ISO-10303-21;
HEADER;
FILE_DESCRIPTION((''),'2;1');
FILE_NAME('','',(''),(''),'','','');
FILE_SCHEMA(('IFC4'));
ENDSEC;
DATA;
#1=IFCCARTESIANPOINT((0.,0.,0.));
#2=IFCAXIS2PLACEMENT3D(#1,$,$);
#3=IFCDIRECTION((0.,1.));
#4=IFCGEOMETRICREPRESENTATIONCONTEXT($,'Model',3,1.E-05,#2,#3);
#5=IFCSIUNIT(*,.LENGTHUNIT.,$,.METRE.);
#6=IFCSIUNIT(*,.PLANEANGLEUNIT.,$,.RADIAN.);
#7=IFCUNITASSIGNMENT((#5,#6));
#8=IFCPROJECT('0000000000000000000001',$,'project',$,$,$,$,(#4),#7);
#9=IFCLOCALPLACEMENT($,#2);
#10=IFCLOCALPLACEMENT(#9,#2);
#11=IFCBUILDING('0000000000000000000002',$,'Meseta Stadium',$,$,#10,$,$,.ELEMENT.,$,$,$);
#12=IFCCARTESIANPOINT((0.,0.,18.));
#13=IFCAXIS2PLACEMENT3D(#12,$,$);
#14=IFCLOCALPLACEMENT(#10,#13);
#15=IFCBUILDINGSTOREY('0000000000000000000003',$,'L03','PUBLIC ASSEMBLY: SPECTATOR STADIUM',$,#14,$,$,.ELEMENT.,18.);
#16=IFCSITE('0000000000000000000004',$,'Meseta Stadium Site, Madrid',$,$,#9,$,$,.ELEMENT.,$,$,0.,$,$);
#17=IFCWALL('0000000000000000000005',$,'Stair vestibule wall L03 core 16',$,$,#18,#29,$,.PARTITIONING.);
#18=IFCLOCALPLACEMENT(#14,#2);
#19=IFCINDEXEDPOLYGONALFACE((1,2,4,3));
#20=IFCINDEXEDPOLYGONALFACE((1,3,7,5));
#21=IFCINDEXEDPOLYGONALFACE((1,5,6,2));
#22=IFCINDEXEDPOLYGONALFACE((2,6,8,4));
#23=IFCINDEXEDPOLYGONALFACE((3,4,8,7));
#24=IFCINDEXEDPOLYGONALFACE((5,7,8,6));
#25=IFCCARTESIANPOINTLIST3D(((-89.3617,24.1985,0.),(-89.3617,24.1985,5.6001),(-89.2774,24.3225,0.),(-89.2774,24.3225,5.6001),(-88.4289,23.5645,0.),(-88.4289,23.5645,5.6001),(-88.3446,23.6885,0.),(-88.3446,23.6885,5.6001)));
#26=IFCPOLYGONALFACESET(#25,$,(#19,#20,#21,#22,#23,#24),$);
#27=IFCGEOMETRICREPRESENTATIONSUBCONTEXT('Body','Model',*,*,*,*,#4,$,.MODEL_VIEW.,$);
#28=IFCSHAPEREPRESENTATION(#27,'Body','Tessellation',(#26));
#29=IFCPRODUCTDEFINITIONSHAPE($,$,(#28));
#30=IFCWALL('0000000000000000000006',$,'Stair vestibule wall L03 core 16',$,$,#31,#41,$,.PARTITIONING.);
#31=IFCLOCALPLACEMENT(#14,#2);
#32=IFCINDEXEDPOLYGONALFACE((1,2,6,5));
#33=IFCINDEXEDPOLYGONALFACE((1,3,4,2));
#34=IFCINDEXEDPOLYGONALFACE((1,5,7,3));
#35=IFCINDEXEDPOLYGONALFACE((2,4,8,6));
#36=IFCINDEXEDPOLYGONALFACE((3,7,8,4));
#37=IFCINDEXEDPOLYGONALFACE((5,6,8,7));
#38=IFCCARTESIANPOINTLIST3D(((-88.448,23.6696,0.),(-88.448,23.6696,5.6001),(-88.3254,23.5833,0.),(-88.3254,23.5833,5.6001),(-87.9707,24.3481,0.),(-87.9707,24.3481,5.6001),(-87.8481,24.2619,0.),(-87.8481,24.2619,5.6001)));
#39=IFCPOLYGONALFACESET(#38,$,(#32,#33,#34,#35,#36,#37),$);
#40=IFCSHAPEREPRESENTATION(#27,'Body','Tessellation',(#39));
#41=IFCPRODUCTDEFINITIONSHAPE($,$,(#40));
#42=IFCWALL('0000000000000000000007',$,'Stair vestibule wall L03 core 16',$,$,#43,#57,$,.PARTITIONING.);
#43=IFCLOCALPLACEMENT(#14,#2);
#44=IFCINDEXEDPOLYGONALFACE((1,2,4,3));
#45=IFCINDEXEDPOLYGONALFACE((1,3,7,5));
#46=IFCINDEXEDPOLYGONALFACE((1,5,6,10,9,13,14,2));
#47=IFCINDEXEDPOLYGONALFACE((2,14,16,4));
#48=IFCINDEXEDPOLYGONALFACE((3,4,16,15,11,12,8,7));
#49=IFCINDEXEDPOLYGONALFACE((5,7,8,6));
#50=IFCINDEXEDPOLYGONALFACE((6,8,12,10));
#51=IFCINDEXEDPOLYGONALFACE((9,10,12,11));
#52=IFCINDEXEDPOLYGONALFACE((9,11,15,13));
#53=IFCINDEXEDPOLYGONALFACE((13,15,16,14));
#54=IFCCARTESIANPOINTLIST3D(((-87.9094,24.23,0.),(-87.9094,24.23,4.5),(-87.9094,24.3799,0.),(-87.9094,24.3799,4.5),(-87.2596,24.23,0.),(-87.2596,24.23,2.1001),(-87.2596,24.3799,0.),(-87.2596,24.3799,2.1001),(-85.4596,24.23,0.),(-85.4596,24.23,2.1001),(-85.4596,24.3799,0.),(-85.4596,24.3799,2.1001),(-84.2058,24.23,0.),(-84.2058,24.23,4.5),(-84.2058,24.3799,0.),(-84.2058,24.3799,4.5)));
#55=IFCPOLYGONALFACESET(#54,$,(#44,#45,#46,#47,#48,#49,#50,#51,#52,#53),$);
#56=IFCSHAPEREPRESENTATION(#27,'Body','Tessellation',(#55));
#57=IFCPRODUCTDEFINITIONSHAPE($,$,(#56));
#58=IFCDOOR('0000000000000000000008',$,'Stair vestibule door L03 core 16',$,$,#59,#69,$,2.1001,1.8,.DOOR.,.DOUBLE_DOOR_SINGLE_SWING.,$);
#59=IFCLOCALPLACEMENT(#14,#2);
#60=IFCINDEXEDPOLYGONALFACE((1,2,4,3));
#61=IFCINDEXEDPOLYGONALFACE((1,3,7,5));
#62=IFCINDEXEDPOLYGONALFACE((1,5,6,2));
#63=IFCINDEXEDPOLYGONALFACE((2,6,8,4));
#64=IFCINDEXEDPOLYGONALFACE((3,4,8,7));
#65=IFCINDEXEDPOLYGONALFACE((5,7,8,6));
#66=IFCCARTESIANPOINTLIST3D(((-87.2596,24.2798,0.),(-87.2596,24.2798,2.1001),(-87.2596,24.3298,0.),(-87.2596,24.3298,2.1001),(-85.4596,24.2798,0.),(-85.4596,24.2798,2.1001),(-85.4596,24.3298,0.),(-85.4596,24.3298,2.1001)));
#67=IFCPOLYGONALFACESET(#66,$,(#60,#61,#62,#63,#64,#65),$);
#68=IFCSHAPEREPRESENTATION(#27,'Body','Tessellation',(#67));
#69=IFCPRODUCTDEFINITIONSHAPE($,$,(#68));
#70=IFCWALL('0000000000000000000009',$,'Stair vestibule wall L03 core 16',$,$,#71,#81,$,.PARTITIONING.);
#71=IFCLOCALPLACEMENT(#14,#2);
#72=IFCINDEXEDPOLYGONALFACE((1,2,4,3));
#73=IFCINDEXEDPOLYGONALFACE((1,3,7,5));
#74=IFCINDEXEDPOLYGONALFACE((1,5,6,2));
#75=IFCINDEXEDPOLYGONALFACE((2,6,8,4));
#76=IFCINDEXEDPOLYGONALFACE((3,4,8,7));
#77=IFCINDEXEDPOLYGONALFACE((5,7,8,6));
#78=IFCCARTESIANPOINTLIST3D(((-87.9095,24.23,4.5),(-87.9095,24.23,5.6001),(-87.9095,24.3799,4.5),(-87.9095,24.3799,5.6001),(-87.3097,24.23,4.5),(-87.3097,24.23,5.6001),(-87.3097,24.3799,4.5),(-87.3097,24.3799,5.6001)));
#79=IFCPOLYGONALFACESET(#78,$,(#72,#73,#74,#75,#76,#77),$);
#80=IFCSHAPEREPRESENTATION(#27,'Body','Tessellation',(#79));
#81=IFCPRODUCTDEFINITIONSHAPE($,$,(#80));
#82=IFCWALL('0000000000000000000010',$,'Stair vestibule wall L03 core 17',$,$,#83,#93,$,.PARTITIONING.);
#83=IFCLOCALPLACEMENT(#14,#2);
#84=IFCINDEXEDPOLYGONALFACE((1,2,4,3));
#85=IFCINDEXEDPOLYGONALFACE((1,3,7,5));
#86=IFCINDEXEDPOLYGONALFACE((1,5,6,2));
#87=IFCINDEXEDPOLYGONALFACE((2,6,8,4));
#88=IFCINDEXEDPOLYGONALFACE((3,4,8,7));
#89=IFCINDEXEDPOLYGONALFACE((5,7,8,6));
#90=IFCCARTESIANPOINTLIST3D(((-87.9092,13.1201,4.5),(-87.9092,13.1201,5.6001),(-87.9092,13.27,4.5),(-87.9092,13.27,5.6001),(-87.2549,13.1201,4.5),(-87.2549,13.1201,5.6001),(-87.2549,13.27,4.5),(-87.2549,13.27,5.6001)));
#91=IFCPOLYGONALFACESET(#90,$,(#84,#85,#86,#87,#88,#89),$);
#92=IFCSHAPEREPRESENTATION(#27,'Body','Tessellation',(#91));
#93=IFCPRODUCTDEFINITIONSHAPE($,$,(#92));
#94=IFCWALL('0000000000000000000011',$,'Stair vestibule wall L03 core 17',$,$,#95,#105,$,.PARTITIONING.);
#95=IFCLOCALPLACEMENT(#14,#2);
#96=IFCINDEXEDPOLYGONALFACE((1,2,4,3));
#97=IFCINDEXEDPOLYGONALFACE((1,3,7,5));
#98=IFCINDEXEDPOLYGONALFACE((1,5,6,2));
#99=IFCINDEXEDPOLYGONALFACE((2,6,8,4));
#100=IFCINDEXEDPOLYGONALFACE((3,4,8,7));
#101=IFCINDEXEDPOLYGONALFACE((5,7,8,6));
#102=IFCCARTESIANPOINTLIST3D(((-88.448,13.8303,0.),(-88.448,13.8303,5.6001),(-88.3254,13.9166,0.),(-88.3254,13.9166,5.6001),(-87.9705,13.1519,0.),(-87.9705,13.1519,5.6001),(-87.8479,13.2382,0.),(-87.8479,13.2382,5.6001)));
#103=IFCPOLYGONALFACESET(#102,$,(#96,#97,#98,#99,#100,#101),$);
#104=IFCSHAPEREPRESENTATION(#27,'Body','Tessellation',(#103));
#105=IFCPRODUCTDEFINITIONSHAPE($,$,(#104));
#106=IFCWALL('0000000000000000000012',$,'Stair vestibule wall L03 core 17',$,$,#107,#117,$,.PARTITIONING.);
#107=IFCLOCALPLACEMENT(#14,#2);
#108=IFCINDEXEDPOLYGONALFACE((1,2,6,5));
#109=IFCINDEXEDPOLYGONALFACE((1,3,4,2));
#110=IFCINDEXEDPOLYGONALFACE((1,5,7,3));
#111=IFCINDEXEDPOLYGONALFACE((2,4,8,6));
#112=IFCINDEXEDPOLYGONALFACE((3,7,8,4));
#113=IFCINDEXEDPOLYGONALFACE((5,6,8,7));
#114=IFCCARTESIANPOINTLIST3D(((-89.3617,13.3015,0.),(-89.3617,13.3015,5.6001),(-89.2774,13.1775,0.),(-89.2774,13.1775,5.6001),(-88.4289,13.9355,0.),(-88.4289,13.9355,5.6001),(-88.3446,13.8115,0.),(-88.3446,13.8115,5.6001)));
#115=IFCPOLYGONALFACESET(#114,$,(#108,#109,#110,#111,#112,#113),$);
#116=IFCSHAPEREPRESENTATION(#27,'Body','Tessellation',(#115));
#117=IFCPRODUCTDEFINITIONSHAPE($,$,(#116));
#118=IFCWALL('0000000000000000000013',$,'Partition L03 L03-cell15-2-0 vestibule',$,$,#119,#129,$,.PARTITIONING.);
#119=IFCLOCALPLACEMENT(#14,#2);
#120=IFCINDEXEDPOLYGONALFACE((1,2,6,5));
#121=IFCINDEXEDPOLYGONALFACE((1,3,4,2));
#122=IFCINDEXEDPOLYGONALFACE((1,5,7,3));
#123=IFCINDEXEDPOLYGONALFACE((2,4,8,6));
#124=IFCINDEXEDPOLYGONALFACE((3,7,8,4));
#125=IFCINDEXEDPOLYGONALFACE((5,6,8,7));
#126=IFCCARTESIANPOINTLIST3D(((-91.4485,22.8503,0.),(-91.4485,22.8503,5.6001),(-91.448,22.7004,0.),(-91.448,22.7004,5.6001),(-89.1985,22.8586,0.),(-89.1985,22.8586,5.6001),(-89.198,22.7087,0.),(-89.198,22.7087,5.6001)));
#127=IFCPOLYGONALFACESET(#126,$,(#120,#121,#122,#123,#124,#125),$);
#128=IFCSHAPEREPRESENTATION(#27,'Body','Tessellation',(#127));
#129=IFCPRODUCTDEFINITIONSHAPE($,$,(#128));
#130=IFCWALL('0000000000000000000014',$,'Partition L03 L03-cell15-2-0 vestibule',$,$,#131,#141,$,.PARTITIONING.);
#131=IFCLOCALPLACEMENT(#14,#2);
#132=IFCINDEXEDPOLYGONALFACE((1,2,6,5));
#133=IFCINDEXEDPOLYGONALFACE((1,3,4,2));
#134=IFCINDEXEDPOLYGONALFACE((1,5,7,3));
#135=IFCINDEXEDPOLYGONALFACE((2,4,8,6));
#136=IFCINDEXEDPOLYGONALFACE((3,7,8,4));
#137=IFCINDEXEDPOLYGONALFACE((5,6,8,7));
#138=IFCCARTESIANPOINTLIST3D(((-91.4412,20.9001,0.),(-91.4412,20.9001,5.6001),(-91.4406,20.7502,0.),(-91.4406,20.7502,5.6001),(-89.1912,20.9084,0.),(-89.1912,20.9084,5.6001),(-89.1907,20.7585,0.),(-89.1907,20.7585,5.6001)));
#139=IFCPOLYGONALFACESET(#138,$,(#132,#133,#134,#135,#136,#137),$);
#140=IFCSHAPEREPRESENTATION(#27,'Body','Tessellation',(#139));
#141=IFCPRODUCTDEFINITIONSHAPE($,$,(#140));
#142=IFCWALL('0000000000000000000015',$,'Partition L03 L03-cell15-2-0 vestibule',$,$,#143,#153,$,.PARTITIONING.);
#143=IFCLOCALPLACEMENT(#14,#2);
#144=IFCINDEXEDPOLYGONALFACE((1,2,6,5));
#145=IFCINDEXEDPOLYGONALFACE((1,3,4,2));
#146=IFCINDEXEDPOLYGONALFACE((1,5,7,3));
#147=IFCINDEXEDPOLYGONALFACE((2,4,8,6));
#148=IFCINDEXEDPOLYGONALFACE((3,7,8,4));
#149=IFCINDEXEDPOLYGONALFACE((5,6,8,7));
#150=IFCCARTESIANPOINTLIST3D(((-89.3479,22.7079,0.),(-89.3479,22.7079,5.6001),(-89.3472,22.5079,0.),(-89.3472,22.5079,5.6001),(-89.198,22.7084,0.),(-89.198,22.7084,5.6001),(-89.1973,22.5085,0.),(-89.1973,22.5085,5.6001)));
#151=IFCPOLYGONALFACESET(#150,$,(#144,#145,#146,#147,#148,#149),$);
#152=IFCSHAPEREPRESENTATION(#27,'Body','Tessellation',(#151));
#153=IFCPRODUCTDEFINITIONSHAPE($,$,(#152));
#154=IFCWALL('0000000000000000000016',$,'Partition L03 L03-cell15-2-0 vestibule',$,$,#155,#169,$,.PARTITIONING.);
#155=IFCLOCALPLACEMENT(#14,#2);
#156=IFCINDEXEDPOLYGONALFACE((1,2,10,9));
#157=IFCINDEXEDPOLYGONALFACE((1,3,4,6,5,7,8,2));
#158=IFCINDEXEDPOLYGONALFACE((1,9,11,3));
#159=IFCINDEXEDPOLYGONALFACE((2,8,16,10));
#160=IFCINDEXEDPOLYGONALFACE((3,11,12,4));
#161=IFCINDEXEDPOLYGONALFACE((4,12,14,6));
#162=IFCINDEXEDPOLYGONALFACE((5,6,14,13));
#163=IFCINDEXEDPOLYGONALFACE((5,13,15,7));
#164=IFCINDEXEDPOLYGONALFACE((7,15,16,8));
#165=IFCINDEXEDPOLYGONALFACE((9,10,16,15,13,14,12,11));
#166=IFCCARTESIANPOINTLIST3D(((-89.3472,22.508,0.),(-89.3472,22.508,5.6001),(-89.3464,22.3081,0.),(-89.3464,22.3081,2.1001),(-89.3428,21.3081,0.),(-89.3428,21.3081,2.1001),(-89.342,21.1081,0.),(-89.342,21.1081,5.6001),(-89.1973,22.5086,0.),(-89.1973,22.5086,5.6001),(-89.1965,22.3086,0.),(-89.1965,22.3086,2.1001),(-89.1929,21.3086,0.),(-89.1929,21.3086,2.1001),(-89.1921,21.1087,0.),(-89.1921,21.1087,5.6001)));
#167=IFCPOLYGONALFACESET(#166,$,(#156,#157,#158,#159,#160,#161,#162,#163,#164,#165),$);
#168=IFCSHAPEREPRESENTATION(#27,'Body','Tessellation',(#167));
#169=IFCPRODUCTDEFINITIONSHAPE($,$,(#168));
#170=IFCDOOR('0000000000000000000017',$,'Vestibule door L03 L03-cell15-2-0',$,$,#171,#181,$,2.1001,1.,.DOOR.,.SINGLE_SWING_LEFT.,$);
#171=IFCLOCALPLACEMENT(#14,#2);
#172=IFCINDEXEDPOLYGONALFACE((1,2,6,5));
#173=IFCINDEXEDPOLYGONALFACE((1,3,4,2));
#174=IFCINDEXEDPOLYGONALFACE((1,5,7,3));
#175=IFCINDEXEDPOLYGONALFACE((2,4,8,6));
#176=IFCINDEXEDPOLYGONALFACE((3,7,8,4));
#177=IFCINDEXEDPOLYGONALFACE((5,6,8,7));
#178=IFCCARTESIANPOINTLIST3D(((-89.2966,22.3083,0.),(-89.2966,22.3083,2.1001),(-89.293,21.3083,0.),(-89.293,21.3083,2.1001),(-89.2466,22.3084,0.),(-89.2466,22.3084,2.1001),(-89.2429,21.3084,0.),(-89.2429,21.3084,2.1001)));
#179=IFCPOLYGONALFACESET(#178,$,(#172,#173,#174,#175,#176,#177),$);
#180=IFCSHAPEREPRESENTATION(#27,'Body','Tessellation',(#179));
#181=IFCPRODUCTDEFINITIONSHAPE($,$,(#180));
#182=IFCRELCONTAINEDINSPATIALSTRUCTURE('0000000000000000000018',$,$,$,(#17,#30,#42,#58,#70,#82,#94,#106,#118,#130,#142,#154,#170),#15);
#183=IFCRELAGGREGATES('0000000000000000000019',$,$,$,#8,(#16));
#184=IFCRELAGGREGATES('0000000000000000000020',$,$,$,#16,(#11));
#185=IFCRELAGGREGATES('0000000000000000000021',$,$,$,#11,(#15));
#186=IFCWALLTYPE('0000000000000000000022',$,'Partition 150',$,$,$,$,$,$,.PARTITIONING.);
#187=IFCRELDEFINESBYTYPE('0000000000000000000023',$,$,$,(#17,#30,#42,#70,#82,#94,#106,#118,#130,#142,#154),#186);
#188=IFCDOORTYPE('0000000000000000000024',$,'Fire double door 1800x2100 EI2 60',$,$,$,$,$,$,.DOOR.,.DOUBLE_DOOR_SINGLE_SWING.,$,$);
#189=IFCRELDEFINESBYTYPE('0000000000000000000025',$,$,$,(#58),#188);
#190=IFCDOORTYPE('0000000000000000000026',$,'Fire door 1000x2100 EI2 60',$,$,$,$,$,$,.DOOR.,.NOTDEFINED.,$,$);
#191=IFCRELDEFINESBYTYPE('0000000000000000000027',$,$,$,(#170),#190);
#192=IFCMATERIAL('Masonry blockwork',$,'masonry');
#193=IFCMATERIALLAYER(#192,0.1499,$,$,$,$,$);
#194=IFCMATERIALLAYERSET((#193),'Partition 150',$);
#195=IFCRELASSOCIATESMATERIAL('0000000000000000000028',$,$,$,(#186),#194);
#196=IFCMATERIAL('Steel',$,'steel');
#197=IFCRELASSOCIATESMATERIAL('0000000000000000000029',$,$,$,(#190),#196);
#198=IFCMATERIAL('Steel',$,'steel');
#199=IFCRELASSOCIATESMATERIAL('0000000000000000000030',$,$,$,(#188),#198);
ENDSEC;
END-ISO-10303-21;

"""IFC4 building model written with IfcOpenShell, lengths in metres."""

from ifc_helpers import new_model, si_unit, direction, frame, frame_2d, origin, place, context, subcontext, project, spatial, rectangle, extrude, material, layer, layer_set, type_object, element, fill, save


model = new_model("IFC4")

# Units and contexts
model_context = context("Model", 3, precision=1e-05, world=origin(), true_north=direction((0.0, 1.0)))
body_context = subcontext(model_context, "Body", "Model", "MODEL_VIEW")
ifc_project = project(units=[si_unit("LENGTHUNIT", "METRE"), si_unit("PLANEANGLEUNIT", "RADIAN")], contexts=[model_context])

# Site, building, storey
site_placement = place(None, origin())
site = spatial("IfcSite", under=ifc_project, at=site_placement, Name="Meseta Stadium Site, Madrid", CompositionType="ELEMENT", RefElevation=0.0)
building_placement = place(site_placement, origin())
building = spatial("IfcBuilding", under=site, at=building_placement, Name="Meseta Stadium", CompositionType="ELEMENT")
storey_placement = place(building_placement, frame((0.0, 0.0, 18.0)))
storey = spatial("IfcBuildingStorey", under=building, at=storey_placement, Name="L03", Description="PUBLIC ASSEMBLY: SPECTATOR STADIUM", CompositionType="ELEMENT", Elevation=18.0)

# Shared definitions
ifc_material_1 = material(Name="Masonry blockwork", Category="masonry")
ifc_layer_1 = layer(ifc_material_1, 0.1499)
ifc_layer_set_1 = layer_set([ifc_layer_1], Name="Partition 150")
wall_type_1 = type_object("IfcWallType", Name="Partition 150", PredefinedType="PARTITIONING", material=ifc_layer_set_1)
ifc_material_2 = material(Name="Steel", Category="steel")
door_type_1 = type_object("IfcDoorType", Name="Fire door 1000x2100 EI2 60", OperationType="NOTDEFINED", PredefinedType="DOOR", material=ifc_material_2)

# Walls
wall_1_placement = place(storey_placement, frame((-89.3196, 24.2605, 0.0), z_axis=(0.0, 0.0, 1.0), x_axis=(0.827055, -0.562121, 0.0)))
element("IfcWall", 1, at=wall_1_placement, inside=storey, type_object=wall_type_1, Name="Stair vestibule wall L03 core 16", PredefinedType="PARTITIONING", context=body_context, shape_type="SweptSolid", body=[
    extrude(rectangle(XDim=1.1279, YDim=0.1499, at=frame_2d((0.564, 0.0))), origin(), (0.0, 0.0, 1.0), 5.6001),
])
wall_2_placement = place(storey_placement, frame((-88.3867, 23.6265, 0.0), z_axis=(0.0, 0.0, 1.0), x_axis=(0.575377, 0.817888, 0.0)))
element("IfcWall", 2, at=wall_2_placement, inside=storey, type_object=wall_type_1, Name="Stair vestibule wall L03 core 16", PredefinedType="PARTITIONING", context=body_context, shape_type="SweptSolid", body=[
    extrude(rectangle(XDim=0.8296, YDim=0.1499, at=frame_2d((0.4148, 0.0))), origin(), (0.0, 0.0, 1.0), 5.6001),
])

# Wall, opening, door
wall_3_placement = place(storey_placement, frame((-87.9094, 24.3049, 0.0), z_axis=(0.0, 0.0, 1.0), x_axis=(1.0, 0.0, 0.0)))
wall_3 = element("IfcWall", 3, at=wall_3_placement, inside=storey, type_object=wall_type_1, Name="Stair vestibule wall L03 core 16", PredefinedType="PARTITIONING", context=body_context, shape_type="SweptSolid", body=[
    extrude(rectangle(XDim=3.7036, YDim=0.1499, at=frame_2d((1.8518, 0.0))), origin(), (0.0, 0.0, 1.0), 4.5),
])
opening_1_placement = place(wall_3_placement, frame((0.6499, 0.0, 0.0)))
opening_1 = element("IfcOpeningElement", 4, at=opening_1_placement, cuts=wall_3, PredefinedType="OPENING", context=body_context, shape_type="SweptSolid", body=[
    extrude(rectangle(XDim=1.8, YDim=2.1001, at=frame_2d((0.8999, 1.05))), frame((0.0, 0.085, 0.0), z_axis=(0.0, -1.0, 0.0), x_axis=(1.0, 0.0, 0.0)), (0.0, 0.0, 1.0), 0.1699),
])
ifc_material_3 = material(Name="Steel", Category="steel")
door_type_2 = type_object("IfcDoorType", Name="Fire double door 1800x2100 EI2 60", OperationType="DOUBLE_DOOR_SINGLE_SWING", PredefinedType="DOOR", material=ifc_material_3)
door_1_placement = place(opening_1_placement, origin())
door_1 = element("IfcDoor", 5, at=door_1_placement, inside=storey, type_object=door_type_2, Name="Stair vestibule door L03 core 16", OperationType="DOUBLE_DOOR_SINGLE_SWING", OverallHeight=2.1001, OverallWidth=1.8, PredefinedType="DOOR", context=body_context, shape_type="SweptSolid", body=[
    extrude(rectangle(XDim=1.8, YDim=2.1001, at=frame_2d((0.8999, 1.05))), frame((0.0, 0.0249, 0.0), z_axis=(0.0, -1.0, 0.0), x_axis=(1.0, 0.0, 0.0)), (0.0, 0.0, 1.0), 0.05),
])
fill(opening_1, door_1)

# Walls
wall_4_placement = place(storey_placement, frame((-87.9094, 24.3049, 4.5), z_axis=(0.0, 0.0, 1.0), x_axis=(1.0, 0.0, 0.0)))
element("IfcWall", 6, at=wall_4_placement, inside=storey, type_object=wall_type_1, Name="Stair vestibule wall L03 core 16", PredefinedType="PARTITIONING", context=body_context, shape_type="SweptSolid", body=[
    extrude(rectangle(XDim=0.5999, YDim=0.1499, at=frame_2d((0.2998, 0.0))), origin(), (0.0, 0.0, 1.0), 1.1001),
])
wall_5_placement = place(storey_placement, frame((-87.2549, 13.1951, 4.5), z_axis=(0.0, 0.0, 1.0), x_axis=(-1.0, 0.0, 0.0)))
element("IfcWall", 7, at=wall_5_placement, inside=storey, type_object=wall_type_1, Name="Stair vestibule wall L03 core 17", PredefinedType="PARTITIONING", context=body_context, shape_type="SweptSolid", body=[
    extrude(rectangle(XDim=0.6543, YDim=0.1499, at=frame_2d((0.3271, 0.0))), origin(), (0.0, 0.0, 1.0), 1.1001),
])
wall_6_placement = place(storey_placement, frame((-87.9092, 13.1951, 0.0), z_axis=(0.0, 0.0, 1.0), x_axis=(-0.575574, 0.81775, 0.0)))
element("IfcWall", 8, at=wall_6_placement, inside=storey, type_object=wall_type_1, Name="Stair vestibule wall L03 core 17", PredefinedType="PARTITIONING", context=body_context, shape_type="SweptSolid", body=[
    extrude(rectangle(XDim=0.8296, YDim=0.1499, at=frame_2d((0.4148, 0.0))), origin(), (0.0, 0.0, 1.0), 5.6001),
])
wall_7_placement = place(storey_placement, frame((-88.3867, 13.8735, 0.0), z_axis=(0.0, 0.0, 1.0), x_axis=(-0.827055, -0.562121, 0.0)))
element("IfcWall", 9, at=wall_7_placement, inside=storey, type_object=wall_type_1, Name="Stair vestibule wall L03 core 17", PredefinedType="PARTITIONING", context=body_context, shape_type="SweptSolid", body=[
    extrude(rectangle(XDim=1.1279, YDim=0.1499, at=frame_2d((0.564, 0.0))), origin(), (0.0, 0.0, 1.0), 5.6001),
])
for number, where, z_axis, x_axis, name in (
    (10, (-91.4482, 22.7754, 0.0), (0.0, 0.0, 1.0), (0.999993, 0.003689, 0.0), "Partition L03 L03-cell15-2-0 vestibule"),
    (11, (-91.4409, 20.8252, 0.0), (0.0, 0.0, 1.0), (0.999993, 0.003689, 0.0), "Partition L03 L03-cell15-2-0 vestibule"),
):
    element("IfcWall", number, at=place(storey_placement, frame(where, z_axis=z_axis, x_axis=x_axis)), inside=storey, type_object=wall_type_1, Name=name, PredefinedType="PARTITIONING", context=body_context, shape_type="SweptSolid", body=[
        extrude(rectangle(XDim=2.25, YDim=0.1499, at=frame_2d((1.125, 0.0))), origin(), (0.0, 0.0, 1.0), 5.6001),
    ])
wall_8_placement = place(storey_placement, frame((-89.2729, 22.7083, 0.0), z_axis=(0.0, 0.0, 1.0), x_axis=(0.003663, -0.999993, 0.0)))
element("IfcWall", 12, at=wall_8_placement, inside=storey, type_object=wall_type_1, Name="Partition L03 L03-cell15-2-0 vestibule", PredefinedType="PARTITIONING", context=body_context, shape_type="SweptSolid", body=[
    extrude(rectangle(XDim=0.2, YDim=0.1499, at=frame_2d((0.1001, 0.0))), origin(), (0.0, 0.0, 1.0), 5.6001),
])

# Wall, opening, door
wall_9_placement = place(storey_placement, frame((-89.2722, 22.5083, 0.0), z_axis=(0.0, 0.0, 1.0), x_axis=(0.003662, -0.999993, 0.0)))
wall_9 = element("IfcWall", 13, at=wall_9_placement, inside=storey, type_object=wall_type_1, Name="Partition L03 L03-cell15-2-0 vestibule", PredefinedType="PARTITIONING", context=body_context, shape_type="SweptSolid", body=[
    extrude(rectangle(XDim=1.3999, YDim=0.1499, at=frame_2d((0.7, 0.0))), origin(), (0.0, 0.0, 1.0), 5.6001),
])
opening_2_placement = place(wall_9_placement, frame((0.2, 0.0, 0.0)))
opening_2 = element("IfcOpeningElement", 14, at=opening_2_placement, cuts=wall_9, PredefinedType="OPENING", context=body_context, shape_type="SweptSolid", body=[
    extrude(rectangle(XDim=1.0, YDim=2.1001, at=frame_2d((0.5, 1.05))), frame((0.0, 0.085, 0.0), z_axis=(0.0, -1.0, 0.0), x_axis=(1.0, 0.0, 0.0)), (0.0, 0.0, 1.0), 0.1699),
])
door_2_placement = place(opening_2_placement, origin())
door_2 = element("IfcDoor", 15, at=door_2_placement, inside=storey, type_object=door_type_1, Name="Vestibule door L03 L03-cell15-2-0", OperationType="SINGLE_SWING_LEFT", OverallHeight=2.1001, OverallWidth=1.0, PredefinedType="DOOR", context=body_context, shape_type="SweptSolid", body=[
    extrude(rectangle(XDim=1.0, YDim=2.1001, at=frame_2d((0.5, 1.05))), frame((0.0, 0.0249, 0.0), z_axis=(0.0, -1.0, 0.0), x_axis=(1.0, 0.0, 0.0)), (0.0, 0.0, 1.0), 0.05),
])
fill(opening_2, door_2)

save(model, "model.ifc")
